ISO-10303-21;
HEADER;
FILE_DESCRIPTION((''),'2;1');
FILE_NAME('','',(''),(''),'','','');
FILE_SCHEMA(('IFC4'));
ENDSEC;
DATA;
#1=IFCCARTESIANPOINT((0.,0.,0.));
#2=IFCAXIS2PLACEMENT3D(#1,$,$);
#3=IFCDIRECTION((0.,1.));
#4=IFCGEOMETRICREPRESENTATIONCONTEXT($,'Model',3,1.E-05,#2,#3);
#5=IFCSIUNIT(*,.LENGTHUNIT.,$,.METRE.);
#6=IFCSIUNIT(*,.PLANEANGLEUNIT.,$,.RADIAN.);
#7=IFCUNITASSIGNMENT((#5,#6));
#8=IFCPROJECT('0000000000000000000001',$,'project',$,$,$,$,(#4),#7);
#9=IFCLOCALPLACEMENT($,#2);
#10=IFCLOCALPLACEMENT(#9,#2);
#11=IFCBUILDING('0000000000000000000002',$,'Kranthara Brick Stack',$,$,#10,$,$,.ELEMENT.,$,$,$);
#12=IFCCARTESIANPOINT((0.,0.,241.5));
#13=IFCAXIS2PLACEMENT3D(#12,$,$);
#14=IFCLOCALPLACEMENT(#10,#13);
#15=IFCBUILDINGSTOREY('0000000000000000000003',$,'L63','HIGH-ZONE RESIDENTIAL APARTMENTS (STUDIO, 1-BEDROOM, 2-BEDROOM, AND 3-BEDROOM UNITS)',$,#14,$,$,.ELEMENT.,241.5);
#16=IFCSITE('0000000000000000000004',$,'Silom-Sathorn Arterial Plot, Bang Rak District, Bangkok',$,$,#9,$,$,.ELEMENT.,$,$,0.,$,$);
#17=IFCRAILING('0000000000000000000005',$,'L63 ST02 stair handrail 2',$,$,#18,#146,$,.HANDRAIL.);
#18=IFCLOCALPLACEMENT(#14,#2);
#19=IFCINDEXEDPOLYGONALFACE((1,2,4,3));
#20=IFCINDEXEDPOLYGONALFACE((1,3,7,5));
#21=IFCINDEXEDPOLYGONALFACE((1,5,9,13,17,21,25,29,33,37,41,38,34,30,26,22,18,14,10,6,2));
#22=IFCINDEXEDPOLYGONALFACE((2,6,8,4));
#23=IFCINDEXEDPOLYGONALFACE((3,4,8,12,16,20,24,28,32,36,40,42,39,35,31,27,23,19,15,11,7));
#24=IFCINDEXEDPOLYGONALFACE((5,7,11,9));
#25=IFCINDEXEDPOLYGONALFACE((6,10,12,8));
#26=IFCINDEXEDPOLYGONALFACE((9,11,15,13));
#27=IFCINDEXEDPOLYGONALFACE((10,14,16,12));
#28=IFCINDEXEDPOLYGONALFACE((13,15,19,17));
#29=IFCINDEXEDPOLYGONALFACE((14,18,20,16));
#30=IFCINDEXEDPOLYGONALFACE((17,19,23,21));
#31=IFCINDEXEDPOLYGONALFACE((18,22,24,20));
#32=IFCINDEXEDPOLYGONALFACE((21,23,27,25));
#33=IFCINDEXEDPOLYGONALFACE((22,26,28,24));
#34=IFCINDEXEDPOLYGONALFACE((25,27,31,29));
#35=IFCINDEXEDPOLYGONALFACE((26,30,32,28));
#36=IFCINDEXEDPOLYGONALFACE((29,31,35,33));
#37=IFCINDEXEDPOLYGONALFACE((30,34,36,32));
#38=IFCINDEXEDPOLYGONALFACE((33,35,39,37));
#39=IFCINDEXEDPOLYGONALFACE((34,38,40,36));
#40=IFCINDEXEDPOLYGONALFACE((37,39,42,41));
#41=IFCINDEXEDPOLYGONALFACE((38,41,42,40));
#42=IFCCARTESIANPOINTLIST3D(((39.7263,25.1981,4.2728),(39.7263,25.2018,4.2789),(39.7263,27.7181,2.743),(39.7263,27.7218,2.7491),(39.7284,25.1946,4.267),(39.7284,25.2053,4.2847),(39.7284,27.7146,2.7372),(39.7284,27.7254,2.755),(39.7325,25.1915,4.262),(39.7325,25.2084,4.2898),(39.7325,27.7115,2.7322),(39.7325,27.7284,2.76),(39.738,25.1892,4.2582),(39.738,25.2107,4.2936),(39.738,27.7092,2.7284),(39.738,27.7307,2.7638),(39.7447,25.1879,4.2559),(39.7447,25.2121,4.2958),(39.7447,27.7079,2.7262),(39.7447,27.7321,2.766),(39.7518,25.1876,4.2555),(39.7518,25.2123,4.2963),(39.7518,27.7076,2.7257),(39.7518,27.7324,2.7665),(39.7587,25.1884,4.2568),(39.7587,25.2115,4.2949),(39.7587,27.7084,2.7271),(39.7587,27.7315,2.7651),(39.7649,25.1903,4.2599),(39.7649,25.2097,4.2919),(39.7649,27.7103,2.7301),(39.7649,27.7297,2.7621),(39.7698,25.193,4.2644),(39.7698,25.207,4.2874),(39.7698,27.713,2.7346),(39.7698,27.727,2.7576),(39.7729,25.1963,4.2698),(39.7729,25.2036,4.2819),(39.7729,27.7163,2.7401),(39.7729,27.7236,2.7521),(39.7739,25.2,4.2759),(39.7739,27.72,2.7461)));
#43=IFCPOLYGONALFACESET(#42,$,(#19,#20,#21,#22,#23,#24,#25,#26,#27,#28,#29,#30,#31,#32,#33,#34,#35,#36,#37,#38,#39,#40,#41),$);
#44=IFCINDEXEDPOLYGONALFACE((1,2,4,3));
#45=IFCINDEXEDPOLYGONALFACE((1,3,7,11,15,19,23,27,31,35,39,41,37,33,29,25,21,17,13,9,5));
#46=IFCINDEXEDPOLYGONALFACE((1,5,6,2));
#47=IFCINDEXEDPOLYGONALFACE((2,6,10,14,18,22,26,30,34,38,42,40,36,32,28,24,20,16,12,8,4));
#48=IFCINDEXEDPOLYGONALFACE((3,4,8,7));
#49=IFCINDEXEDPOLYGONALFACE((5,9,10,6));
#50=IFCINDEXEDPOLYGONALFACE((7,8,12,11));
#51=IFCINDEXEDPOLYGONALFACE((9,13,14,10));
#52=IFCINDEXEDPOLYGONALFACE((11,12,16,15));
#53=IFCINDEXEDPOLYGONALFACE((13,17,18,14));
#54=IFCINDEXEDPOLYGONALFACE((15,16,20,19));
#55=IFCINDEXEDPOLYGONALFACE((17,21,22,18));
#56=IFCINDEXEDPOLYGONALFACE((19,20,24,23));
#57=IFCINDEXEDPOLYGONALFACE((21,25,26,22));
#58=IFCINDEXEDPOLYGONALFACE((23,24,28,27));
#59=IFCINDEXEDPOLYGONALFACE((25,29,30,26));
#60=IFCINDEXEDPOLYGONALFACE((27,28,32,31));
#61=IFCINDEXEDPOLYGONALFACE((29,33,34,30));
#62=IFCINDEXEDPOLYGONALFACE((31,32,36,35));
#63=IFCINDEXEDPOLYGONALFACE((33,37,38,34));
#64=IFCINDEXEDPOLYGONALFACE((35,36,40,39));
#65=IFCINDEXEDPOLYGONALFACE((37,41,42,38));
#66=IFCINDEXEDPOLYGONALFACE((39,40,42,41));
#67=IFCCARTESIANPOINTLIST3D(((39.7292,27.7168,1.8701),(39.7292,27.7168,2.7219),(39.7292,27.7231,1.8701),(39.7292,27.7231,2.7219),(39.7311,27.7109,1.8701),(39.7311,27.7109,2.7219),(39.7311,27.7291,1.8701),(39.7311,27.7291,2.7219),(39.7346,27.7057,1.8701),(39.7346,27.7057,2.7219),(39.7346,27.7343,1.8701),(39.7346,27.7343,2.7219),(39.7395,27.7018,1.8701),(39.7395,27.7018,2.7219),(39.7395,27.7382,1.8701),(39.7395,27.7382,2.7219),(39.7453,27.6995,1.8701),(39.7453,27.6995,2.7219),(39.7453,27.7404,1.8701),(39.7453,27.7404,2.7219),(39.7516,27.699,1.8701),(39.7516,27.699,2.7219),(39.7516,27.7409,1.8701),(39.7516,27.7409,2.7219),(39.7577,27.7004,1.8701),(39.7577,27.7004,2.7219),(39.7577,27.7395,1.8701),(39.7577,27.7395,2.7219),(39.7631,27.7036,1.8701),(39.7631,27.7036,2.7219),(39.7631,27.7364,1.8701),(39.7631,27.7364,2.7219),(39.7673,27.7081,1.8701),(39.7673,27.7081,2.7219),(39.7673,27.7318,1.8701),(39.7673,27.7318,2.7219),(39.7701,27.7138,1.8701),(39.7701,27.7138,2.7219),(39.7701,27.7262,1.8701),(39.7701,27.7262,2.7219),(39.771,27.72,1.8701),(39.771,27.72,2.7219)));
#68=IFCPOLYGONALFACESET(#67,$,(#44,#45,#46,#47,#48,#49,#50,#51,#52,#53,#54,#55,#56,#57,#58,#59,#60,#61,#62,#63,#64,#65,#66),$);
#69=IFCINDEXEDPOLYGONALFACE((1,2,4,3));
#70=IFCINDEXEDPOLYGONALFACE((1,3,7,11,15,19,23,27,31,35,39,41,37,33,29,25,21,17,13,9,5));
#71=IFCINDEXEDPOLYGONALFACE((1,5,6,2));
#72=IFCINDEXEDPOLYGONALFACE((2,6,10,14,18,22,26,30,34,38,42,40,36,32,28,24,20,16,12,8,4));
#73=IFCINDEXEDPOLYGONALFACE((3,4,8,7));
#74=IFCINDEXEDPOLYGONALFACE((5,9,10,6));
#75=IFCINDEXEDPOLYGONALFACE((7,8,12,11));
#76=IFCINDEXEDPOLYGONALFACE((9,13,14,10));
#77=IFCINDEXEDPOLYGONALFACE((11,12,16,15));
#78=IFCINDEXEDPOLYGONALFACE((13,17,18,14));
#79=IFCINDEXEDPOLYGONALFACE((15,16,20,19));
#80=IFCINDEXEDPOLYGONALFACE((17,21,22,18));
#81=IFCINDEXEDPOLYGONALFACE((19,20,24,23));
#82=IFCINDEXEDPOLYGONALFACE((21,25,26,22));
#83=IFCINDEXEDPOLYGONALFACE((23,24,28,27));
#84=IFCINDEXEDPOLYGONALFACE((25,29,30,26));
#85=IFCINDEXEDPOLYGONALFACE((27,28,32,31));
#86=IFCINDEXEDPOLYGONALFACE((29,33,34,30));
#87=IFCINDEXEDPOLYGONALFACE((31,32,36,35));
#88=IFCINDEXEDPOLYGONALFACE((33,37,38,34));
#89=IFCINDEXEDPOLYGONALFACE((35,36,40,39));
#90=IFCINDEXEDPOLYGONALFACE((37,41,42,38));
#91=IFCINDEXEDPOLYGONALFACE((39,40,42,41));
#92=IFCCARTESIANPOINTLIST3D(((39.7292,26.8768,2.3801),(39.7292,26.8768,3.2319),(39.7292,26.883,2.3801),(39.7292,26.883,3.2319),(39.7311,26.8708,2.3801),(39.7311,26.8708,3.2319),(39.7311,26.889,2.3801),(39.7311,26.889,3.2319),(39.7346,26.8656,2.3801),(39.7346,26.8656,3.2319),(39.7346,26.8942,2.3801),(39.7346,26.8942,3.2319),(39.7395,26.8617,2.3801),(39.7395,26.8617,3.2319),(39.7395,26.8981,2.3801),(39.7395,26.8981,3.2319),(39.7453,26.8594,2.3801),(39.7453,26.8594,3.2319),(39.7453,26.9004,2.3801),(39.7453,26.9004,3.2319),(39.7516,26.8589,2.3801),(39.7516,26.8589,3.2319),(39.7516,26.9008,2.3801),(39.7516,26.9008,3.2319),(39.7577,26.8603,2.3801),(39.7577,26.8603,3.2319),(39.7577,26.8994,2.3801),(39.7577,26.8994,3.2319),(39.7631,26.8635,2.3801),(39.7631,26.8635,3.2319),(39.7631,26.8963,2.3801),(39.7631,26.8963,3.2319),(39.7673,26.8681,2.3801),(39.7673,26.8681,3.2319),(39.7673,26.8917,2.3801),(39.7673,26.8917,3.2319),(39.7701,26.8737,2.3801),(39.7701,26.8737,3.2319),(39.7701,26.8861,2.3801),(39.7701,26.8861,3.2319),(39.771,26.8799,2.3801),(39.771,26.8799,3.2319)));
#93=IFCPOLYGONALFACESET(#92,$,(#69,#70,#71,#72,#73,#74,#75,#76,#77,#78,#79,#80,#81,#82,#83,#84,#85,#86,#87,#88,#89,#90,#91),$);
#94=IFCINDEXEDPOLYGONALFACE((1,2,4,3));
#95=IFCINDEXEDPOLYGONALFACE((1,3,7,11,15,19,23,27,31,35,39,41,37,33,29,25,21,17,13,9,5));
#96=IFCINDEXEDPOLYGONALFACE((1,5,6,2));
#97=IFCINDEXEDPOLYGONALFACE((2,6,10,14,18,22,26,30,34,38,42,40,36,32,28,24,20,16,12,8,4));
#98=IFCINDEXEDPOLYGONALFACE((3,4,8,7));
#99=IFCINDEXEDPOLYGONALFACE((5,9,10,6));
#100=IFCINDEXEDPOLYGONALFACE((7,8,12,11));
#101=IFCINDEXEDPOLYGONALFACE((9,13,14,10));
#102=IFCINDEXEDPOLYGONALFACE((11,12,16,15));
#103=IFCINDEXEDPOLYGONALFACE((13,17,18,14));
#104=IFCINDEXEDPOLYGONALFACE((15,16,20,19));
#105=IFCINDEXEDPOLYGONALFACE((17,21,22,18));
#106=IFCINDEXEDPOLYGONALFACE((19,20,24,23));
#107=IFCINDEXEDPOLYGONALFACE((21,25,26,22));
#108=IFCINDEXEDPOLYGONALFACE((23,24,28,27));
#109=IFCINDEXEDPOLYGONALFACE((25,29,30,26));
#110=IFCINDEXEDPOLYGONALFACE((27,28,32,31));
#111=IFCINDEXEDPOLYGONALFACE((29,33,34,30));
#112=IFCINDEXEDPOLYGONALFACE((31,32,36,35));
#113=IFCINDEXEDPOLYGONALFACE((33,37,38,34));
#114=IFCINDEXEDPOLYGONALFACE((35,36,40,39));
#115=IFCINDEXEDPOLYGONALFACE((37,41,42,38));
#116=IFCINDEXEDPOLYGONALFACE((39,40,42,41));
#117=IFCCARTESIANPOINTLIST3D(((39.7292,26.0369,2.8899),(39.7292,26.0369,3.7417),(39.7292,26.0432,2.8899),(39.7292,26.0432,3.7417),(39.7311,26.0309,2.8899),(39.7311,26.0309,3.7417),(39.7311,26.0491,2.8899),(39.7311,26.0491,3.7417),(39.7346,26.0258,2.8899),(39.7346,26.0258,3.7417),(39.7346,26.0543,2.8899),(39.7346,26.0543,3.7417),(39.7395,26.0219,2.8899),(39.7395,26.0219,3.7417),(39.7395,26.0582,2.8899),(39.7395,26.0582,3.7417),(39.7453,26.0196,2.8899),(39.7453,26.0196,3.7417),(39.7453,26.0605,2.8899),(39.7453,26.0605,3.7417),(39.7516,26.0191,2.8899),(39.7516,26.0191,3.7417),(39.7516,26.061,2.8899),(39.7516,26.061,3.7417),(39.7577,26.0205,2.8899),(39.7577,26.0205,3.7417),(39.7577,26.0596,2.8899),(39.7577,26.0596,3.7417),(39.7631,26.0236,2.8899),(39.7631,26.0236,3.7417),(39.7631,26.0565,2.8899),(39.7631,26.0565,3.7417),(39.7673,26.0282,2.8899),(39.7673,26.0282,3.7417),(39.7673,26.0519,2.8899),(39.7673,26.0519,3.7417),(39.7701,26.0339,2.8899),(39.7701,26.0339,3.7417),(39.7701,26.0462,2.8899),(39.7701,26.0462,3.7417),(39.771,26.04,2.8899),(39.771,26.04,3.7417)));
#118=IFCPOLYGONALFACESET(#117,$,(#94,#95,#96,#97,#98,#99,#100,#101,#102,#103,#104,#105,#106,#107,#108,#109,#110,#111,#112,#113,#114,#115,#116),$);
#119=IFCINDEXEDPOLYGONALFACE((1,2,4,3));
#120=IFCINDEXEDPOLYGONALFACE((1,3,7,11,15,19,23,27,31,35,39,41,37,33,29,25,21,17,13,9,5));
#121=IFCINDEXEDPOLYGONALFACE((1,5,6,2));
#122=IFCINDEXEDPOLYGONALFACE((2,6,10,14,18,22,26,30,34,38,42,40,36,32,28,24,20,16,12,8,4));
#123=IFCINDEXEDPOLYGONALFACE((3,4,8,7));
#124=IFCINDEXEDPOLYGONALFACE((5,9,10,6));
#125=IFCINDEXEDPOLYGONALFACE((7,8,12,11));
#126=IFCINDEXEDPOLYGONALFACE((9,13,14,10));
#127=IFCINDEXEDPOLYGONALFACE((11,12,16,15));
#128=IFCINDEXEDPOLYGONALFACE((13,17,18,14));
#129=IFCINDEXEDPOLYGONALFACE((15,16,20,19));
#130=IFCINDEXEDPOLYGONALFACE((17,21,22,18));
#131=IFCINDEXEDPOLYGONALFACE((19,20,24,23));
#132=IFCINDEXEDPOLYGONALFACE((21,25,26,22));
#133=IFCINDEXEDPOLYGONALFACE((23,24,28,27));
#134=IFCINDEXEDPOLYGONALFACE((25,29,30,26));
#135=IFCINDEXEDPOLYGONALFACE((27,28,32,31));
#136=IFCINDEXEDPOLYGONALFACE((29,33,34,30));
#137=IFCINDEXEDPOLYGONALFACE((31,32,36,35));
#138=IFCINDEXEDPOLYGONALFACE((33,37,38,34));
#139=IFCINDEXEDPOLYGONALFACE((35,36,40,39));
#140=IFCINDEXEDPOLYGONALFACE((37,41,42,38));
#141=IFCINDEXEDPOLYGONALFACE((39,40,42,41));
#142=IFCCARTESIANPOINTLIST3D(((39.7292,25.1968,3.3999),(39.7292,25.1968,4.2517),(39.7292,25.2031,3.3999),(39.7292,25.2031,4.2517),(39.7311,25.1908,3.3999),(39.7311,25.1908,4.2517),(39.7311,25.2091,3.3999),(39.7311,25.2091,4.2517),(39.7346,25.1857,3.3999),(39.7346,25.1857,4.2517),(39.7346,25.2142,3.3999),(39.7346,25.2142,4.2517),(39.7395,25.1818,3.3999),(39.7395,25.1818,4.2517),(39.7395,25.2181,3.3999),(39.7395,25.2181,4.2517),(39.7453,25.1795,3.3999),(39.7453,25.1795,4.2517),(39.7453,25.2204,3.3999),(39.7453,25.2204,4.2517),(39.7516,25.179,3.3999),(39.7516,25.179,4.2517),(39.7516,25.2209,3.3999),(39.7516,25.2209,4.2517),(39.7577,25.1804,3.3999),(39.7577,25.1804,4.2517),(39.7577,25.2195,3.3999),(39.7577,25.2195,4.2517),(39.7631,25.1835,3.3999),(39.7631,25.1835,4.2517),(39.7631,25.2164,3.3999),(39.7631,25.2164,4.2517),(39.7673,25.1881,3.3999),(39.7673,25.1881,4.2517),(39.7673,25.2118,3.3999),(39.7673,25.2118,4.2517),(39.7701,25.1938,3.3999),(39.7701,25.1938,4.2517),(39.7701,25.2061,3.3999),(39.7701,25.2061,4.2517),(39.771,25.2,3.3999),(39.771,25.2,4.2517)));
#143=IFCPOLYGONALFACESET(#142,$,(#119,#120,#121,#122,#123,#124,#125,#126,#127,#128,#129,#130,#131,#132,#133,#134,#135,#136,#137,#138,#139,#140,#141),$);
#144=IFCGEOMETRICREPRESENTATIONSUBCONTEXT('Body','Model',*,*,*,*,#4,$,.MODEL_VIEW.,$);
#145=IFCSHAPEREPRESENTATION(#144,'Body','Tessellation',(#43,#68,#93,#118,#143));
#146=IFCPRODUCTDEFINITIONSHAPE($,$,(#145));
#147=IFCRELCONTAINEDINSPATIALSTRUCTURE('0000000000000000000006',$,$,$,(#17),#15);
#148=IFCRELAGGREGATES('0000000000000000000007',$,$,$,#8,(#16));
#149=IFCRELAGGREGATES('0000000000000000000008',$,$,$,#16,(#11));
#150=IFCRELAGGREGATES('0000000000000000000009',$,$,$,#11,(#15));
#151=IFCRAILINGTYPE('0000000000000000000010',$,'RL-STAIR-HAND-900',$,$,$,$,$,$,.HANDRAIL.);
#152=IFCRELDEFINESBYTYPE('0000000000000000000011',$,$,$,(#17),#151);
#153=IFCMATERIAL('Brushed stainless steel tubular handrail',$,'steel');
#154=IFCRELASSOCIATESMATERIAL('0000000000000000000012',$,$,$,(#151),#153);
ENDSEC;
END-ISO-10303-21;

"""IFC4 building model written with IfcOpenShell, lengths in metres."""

from ifc_helpers import new_model, si_unit, direction, frame, origin, origin_2d, place, context, subcontext, project, spatial, circle, extrude, material, type_object, element, save


model = new_model("IFC4")

# Units and contexts
model_context = context("Model", 3, precision=1e-05, world=origin(), true_north=direction((0.0, 1.0)))
body_context = subcontext(model_context, "Body", "Model", "MODEL_VIEW")
ifc_project = project(units=[si_unit("LENGTHUNIT", "METRE"), si_unit("PLANEANGLEUNIT", "RADIAN")], contexts=[model_context])

# Site, building, storey
site_placement = place(None, origin())
site = spatial("IfcSite", under=ifc_project, at=site_placement, Name="Silom-Sathorn Arterial Plot, Bang Rak District, Bangkok", CompositionType="ELEMENT", RefElevation=0.0)
building_placement = place(site_placement, origin())
building = spatial("IfcBuilding", under=site, at=building_placement, Name="Kranthara Brick Stack", CompositionType="ELEMENT")
storey_placement = place(building_placement, frame((0.0, 0.0, 241.5)))
storey = spatial("IfcBuildingStorey", under=building, at=storey_placement, Name="L63", Description="HIGH-ZONE RESIDENTIAL APARTMENTS (STUDIO, 1-BEDROOM, 2-BEDROOM, AND 3-BEDROOM UNITS)", CompositionType="ELEMENT", Elevation=241.5)

# Railing
ifc_material_1 = material(Name="Brushed stainless steel tubular handrail", Category="steel")
railing_type_1 = type_object("IfcRailingType", Name="RL-STAIR-HAND-900", PredefinedType="HANDRAIL", material=ifc_material_1)
railing_1_placement = place(storey_placement, frame((39.75, 27.72, 1.8701)))
element("IfcRailing", 1, at=railing_1_placement, inside=storey, type_object=railing_type_1, Name="L63 ST02 stair handrail 2", PredefinedType="HANDRAIL", context=body_context, shape_type="SweptSolid", body=[
    extrude(circle(Radius=0.0239, at=origin_2d()), frame((0.0, 0.0, 0.876), z_axis=(0.0, -0.854822, 0.518922), x_axis=(1.0, 0.0, 0.0)), (0.0, 0.0, 1.0), 2.948),
    extrude(circle(Radius=0.021, at=origin_2d()), origin(), (0.0, 0.0, 1.0), 0.8518),
    extrude(circle(Radius=0.021, at=origin_2d()), frame((0.0, -0.8401, 0.51)), (0.0, 0.0, 1.0), 0.8518),
    extrude(circle(Radius=0.021, at=origin_2d()), frame((0.0, -1.6799, 1.0198)), (0.0, 0.0, 1.0), 0.8518),
    extrude(circle(Radius=0.021, at=origin_2d()), frame((0.0, -2.52, 1.5298)), (0.0, 0.0, 1.0), 0.8518),
])

save(model, "model.ifc")
